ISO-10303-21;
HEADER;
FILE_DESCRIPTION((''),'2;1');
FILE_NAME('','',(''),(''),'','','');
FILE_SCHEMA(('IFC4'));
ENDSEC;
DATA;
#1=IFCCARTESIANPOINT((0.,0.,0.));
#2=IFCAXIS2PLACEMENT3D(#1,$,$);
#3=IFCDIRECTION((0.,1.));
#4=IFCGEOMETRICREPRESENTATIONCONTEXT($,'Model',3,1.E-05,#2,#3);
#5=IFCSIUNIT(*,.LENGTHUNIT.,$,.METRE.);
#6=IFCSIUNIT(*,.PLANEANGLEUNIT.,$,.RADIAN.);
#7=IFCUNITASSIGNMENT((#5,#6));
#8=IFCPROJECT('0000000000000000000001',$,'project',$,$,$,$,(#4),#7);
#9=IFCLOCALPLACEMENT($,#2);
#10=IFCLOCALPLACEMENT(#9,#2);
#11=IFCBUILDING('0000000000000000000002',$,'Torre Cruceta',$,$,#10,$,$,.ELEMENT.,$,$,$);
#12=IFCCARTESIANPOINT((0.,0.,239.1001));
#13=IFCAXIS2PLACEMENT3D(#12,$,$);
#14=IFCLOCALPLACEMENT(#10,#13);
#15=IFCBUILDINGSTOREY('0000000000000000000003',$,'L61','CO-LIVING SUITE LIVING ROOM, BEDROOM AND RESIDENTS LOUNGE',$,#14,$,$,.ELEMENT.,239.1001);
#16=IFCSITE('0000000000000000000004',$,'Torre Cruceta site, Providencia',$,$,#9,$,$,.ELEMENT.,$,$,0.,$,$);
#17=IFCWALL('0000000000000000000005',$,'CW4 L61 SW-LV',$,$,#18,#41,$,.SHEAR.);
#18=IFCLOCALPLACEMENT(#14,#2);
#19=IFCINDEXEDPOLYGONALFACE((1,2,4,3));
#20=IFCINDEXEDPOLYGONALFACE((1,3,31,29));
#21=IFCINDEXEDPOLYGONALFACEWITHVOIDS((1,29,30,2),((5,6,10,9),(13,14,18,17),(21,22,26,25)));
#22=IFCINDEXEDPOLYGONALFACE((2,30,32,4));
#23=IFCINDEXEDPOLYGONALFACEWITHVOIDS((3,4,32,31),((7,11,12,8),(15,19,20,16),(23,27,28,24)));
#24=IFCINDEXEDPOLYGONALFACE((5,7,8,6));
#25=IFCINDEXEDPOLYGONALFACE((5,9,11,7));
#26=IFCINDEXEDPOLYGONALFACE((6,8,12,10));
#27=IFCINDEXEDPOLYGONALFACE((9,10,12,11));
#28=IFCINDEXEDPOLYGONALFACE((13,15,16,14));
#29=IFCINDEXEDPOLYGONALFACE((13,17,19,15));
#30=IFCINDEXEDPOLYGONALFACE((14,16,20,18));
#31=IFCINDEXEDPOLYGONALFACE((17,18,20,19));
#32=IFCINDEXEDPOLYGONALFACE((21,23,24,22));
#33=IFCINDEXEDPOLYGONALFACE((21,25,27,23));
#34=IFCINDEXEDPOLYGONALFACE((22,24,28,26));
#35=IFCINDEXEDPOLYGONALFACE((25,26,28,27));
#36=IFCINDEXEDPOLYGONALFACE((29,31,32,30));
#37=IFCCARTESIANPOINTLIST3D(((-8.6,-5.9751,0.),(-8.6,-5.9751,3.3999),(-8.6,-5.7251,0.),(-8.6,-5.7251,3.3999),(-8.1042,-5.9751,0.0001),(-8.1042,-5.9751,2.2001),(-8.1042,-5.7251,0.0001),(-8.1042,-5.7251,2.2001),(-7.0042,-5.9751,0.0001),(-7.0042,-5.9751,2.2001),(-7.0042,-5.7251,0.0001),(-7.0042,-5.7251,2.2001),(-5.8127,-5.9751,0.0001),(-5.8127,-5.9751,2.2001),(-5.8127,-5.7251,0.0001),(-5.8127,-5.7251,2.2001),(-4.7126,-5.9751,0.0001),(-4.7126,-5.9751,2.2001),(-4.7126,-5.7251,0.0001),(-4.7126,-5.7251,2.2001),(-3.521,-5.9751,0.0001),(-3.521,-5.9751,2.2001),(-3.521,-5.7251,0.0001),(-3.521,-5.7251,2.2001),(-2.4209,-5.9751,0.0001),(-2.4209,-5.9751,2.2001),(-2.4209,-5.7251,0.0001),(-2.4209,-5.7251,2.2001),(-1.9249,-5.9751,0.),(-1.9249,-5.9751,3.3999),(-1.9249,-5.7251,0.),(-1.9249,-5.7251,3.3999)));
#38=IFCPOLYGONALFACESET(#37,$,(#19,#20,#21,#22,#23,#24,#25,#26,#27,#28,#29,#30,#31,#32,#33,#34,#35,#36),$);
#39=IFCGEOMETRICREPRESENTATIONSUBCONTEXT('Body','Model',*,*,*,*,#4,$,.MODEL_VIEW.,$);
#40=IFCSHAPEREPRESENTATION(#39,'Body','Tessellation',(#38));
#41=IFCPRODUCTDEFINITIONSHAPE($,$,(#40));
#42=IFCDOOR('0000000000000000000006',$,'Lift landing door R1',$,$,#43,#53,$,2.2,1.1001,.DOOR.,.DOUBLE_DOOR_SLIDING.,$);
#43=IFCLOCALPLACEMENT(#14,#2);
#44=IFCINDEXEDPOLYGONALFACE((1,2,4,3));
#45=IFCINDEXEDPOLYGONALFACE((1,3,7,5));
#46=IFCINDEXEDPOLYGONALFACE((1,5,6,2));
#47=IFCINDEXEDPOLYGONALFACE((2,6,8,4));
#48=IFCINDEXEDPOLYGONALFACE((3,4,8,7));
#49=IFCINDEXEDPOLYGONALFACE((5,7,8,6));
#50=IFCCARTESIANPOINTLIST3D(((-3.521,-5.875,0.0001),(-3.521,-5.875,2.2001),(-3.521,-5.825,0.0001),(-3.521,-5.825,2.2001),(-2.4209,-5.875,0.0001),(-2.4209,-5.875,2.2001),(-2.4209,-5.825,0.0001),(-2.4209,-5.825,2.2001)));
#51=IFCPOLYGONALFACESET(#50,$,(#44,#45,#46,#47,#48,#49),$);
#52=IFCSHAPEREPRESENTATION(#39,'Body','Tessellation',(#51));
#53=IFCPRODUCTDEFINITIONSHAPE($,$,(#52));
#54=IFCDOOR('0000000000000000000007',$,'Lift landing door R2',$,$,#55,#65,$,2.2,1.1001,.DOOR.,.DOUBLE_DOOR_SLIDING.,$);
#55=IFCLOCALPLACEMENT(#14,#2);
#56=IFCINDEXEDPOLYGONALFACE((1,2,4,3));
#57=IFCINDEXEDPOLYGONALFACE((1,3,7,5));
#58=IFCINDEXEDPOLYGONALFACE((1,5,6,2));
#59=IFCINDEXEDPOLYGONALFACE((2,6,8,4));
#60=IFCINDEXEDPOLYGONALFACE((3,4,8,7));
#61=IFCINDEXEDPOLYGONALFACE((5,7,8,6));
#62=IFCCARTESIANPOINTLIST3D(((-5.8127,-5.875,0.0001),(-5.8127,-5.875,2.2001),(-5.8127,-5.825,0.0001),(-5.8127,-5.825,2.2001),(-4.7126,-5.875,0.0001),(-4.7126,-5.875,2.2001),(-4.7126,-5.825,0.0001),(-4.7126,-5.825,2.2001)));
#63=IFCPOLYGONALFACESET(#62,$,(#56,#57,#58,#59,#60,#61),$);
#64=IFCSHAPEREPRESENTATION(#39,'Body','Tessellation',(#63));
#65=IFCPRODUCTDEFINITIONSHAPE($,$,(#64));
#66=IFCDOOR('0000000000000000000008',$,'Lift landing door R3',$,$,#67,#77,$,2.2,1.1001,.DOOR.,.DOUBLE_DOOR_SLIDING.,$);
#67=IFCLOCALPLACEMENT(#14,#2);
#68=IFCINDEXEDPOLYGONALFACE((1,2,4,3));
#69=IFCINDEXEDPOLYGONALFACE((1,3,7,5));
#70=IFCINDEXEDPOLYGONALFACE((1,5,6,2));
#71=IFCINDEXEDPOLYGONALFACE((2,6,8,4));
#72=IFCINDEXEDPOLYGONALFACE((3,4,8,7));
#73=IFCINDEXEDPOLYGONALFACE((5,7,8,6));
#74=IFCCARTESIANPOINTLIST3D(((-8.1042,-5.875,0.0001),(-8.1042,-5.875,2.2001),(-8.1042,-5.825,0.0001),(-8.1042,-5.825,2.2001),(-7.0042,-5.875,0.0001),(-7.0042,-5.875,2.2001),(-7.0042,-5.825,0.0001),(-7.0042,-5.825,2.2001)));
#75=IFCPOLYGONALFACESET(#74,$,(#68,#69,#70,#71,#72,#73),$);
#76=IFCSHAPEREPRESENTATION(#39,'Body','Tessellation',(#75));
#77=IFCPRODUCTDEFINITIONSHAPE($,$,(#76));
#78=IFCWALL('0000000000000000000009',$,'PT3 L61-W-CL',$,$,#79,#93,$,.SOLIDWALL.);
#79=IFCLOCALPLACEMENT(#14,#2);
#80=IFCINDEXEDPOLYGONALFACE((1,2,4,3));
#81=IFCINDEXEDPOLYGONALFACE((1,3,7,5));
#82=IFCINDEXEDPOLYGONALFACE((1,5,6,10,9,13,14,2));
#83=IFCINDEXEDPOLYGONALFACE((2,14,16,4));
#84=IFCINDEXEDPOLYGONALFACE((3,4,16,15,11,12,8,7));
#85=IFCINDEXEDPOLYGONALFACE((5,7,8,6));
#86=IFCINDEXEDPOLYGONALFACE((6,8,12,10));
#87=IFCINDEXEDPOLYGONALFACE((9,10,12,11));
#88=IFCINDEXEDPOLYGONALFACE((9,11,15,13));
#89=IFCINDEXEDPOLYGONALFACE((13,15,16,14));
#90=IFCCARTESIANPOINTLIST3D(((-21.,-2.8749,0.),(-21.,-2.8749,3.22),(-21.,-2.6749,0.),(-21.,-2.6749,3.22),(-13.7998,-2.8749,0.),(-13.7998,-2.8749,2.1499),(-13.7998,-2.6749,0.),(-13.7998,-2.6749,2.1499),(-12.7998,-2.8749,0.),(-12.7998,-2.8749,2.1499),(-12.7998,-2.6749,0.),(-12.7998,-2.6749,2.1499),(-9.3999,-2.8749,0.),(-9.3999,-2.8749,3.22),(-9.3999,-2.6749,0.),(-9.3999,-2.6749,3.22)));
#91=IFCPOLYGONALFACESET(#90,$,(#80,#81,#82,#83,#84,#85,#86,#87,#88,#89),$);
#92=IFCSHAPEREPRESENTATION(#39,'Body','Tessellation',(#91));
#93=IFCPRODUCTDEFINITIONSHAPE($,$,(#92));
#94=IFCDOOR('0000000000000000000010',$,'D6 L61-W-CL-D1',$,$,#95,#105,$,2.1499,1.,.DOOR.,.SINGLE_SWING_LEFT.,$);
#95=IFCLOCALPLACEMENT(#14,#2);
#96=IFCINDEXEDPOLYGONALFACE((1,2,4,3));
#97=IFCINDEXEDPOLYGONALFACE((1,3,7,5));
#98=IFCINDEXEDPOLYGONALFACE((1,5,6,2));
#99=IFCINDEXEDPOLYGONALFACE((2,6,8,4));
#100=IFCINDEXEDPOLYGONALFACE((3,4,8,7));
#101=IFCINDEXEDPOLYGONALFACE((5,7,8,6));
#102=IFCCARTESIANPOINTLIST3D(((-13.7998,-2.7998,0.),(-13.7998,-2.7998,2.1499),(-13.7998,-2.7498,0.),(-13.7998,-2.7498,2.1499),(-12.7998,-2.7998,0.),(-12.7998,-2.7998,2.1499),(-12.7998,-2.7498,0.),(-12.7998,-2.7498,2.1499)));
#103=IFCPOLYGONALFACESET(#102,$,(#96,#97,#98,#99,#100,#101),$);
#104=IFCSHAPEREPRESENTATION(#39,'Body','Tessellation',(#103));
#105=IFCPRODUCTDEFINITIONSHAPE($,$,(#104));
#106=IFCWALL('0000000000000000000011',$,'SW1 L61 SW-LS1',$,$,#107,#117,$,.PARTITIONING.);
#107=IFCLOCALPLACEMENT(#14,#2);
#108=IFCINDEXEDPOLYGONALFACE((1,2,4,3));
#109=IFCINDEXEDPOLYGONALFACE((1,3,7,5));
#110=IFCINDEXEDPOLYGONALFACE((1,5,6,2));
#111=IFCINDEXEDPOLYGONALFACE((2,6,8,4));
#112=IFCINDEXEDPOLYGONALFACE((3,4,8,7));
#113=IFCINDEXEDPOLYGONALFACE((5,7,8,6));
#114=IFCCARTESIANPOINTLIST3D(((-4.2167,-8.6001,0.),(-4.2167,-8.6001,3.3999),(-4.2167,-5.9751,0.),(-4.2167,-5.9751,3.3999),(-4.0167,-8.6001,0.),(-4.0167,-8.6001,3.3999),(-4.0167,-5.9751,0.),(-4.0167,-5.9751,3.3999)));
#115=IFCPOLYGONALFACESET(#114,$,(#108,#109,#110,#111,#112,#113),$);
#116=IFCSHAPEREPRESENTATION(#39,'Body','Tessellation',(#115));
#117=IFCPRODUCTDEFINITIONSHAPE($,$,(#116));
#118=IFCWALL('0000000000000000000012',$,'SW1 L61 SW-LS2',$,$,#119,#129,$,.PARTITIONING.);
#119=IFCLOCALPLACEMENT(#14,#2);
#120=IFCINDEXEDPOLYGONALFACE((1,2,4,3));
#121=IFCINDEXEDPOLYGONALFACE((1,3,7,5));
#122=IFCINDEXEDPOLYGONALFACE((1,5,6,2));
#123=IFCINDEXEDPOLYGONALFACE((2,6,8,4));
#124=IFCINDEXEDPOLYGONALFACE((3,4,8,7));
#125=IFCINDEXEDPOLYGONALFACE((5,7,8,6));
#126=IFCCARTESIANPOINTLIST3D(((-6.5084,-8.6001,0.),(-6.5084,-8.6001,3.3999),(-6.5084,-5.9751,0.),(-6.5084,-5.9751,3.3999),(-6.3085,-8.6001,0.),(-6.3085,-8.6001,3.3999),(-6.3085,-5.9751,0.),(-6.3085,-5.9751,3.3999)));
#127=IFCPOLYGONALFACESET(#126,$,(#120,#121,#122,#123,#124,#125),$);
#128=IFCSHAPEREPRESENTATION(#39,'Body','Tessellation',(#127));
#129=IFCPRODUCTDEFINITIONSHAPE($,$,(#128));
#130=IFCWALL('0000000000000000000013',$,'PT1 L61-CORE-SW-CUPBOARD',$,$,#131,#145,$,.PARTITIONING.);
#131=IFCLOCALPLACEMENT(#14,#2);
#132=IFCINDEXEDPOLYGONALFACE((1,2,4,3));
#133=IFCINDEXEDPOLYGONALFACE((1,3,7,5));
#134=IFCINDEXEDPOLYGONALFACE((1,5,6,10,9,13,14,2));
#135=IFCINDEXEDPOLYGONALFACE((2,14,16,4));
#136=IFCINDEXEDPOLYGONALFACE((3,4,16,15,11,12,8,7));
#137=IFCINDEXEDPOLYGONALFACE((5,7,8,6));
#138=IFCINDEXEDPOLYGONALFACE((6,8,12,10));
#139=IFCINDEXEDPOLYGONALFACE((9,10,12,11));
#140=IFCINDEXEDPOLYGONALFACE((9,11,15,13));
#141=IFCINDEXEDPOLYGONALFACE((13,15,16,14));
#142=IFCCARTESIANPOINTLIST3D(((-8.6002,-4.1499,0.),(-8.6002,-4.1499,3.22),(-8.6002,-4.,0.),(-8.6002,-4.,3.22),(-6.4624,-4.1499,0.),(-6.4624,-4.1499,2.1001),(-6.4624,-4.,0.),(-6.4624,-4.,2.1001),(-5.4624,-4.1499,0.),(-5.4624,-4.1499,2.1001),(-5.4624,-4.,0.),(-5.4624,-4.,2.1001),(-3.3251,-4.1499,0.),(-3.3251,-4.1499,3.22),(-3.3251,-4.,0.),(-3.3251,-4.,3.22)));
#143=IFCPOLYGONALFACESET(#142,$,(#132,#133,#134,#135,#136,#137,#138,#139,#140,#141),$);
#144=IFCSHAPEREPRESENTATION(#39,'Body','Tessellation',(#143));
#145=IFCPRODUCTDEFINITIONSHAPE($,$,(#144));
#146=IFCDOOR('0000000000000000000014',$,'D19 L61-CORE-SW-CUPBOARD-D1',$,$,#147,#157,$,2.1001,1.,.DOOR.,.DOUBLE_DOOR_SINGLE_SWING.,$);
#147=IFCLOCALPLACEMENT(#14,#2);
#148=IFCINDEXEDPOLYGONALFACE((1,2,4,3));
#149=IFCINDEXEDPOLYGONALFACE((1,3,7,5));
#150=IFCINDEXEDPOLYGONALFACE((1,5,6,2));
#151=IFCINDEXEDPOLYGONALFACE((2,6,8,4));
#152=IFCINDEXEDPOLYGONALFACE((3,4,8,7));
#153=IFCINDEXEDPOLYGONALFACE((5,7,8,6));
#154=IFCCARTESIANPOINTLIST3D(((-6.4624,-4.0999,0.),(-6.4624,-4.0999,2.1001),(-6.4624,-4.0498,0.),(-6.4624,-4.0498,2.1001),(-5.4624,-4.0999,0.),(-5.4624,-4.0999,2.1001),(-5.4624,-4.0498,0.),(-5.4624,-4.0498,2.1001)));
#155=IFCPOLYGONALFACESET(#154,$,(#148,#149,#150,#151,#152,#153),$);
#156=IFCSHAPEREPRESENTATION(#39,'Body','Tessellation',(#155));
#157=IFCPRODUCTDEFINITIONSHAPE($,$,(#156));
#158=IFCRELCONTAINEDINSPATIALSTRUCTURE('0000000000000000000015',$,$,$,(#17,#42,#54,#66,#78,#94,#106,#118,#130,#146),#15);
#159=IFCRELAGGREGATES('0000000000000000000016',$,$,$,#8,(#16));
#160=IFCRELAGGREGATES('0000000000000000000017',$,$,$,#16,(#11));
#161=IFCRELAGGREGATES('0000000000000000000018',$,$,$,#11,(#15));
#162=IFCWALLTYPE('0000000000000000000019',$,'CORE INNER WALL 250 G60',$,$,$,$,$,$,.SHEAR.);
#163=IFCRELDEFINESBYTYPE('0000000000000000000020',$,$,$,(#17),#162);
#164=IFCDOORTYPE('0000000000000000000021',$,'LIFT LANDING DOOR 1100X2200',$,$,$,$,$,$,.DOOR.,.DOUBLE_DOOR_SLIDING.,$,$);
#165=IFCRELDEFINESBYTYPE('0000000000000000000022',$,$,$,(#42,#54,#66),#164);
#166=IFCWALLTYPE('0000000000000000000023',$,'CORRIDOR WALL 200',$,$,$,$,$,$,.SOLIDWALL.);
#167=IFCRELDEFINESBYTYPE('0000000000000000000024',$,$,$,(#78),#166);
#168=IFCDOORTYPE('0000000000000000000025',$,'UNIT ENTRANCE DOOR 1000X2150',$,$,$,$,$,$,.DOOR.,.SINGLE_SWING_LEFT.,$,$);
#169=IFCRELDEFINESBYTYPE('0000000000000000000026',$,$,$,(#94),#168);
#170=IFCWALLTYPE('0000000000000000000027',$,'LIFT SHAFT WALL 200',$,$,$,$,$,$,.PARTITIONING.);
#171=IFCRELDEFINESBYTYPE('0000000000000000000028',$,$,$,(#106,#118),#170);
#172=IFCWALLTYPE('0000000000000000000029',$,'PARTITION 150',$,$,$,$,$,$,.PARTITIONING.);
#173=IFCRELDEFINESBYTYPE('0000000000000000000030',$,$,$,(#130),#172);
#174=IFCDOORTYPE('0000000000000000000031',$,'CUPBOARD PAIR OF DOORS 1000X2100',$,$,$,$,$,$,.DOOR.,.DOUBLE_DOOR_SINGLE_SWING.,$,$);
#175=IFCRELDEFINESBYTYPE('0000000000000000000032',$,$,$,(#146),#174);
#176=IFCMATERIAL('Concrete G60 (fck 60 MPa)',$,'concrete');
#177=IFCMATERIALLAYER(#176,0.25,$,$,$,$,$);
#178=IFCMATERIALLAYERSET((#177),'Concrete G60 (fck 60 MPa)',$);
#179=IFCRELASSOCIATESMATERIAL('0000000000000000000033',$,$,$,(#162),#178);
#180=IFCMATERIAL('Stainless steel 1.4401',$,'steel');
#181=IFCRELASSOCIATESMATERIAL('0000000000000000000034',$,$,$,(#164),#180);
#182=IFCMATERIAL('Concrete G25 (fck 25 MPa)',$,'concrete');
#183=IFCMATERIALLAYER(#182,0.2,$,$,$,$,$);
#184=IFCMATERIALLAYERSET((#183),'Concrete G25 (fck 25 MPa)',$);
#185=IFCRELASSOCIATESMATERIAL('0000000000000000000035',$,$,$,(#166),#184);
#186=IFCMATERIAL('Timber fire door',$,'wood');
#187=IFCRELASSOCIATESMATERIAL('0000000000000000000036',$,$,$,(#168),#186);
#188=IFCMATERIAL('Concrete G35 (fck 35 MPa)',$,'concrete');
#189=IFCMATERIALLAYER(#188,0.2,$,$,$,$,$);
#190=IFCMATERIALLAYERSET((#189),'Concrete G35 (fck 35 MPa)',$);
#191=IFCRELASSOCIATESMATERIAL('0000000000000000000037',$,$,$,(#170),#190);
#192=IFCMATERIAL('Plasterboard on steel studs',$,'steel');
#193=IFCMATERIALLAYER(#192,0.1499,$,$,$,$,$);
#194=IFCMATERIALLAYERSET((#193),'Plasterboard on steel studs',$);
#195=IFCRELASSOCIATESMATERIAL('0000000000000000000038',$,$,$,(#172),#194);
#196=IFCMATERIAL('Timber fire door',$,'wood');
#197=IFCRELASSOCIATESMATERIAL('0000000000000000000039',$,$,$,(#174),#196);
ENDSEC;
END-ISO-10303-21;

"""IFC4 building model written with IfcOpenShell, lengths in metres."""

from ifc_helpers import new_model, si_unit, direction, frame, frame_2d, origin, place, context, subcontext, project, spatial, rectangle, extrude, material, layer, layer_set, type_object, element, fill, save


model = new_model("IFC4")

# Units and contexts
model_context = context("Model", 3, precision=1e-05, world=origin(), true_north=direction((0.0, 1.0)))
body_context = subcontext(model_context, "Body", "Model", "MODEL_VIEW")
ifc_project = project(units=[si_unit("LENGTHUNIT", "METRE"), si_unit("PLANEANGLEUNIT", "RADIAN")], contexts=[model_context])

# Site, building, storey
site_placement = place(None, origin())
site = spatial("IfcSite", under=ifc_project, at=site_placement, Name="Torre Cruceta site, Providencia", CompositionType="ELEMENT", RefElevation=0.0)
building_placement = place(site_placement, origin())
building = spatial("IfcBuilding", under=site, at=building_placement, Name="Torre Cruceta", CompositionType="ELEMENT")
storey_placement = place(building_placement, frame((0.0, 0.0, 239.1001)))
storey = spatial("IfcBuildingStorey", under=building, at=storey_placement, Name="L61", Description="CO-LIVING SUITE LIVING ROOM, BEDROOM AND RESIDENTS LOUNGE", CompositionType="ELEMENT", Elevation=239.1001)

# Shared definitions
ifc_material_1 = material(Name="Concrete G60 (fck 60 MPa)", Category="concrete")
ifc_layer_1 = layer(ifc_material_1, 0.25)
ifc_layer_set_1 = layer_set([ifc_layer_1], Name="Concrete G60 (fck 60 MPa)")
wall_type_1 = type_object("IfcWallType", Name="CORE INNER WALL 250 G60", PredefinedType="SHEAR", material=ifc_layer_set_1)

# Wall, openings, doors
wall_1_placement = place(storey_placement, frame((-1.925, -5.8501, 0.0), z_axis=(0.0, 0.0, 1.0), x_axis=(-1.0, 0.0, 0.0)))
wall_1 = element("IfcWall", 1, at=wall_1_placement, inside=storey, type_object=wall_type_1, Name="CW4 L61 SW-LV", PredefinedType="SHEAR", context=body_context, shape_type="SweptSolid", body=[
    extrude(rectangle(XDim=6.675, YDim=0.25, at=frame_2d((3.3374, 0.0))), origin(), (0.0, 0.0, 1.0), 3.3999),
])
opening_1_placement = place(wall_1_placement, frame((0.4958, 0.0, 0.0)))
opening_1 = element("IfcOpeningElement", 2, at=opening_1_placement, cuts=wall_1, PredefinedType="OPENING", context=body_context, shape_type="SweptSolid", body=[
    extrude(rectangle(XDim=1.1001, YDim=2.2, at=frame_2d((0.55, 1.1001))), frame((0.0, 0.135, 0.0), z_axis=(0.0, -1.0, 0.0), x_axis=(1.0, 0.0, 0.0)), (0.0, 0.0, 1.0), 0.27),
])
opening_2_placement = place(wall_1_placement, frame((2.7876, 0.0, 0.0)))
opening_2 = element("IfcOpeningElement", 3, at=opening_2_placement, cuts=wall_1, PredefinedType="OPENING", context=body_context, shape_type="SweptSolid", body=[
    extrude(rectangle(XDim=1.1001, YDim=2.2, at=frame_2d((0.55, 1.1001))), frame((0.0, 0.135, 0.0), z_axis=(0.0, -1.0, 0.0), x_axis=(1.0, 0.0, 0.0)), (0.0, 0.0, 1.0), 0.27),
])
opening_3_placement = place(wall_1_placement, frame((5.0791, 0.0, 0.0)))
opening_3 = element("IfcOpeningElement", 4, at=opening_3_placement, cuts=wall_1, PredefinedType="OPENING", context=body_context, shape_type="SweptSolid", body=[
    extrude(rectangle(XDim=1.1001, YDim=2.2, at=frame_2d((0.55, 1.1001))), frame((0.0, 0.135, 0.0), z_axis=(0.0, -1.0, 0.0), x_axis=(1.0, 0.0, 0.0)), (0.0, 0.0, 1.0), 0.27),
])
ifc_material_2 = material(Name="Stainless steel 1.4401", Category="steel")
door_type_1 = type_object("IfcDoorType", Name="LIFT LANDING DOOR 1100X2200", OperationType="DOUBLE_DOOR_SLIDING", PredefinedType="DOOR", material=ifc_material_2)
door_1_placement = place(opening_1_placement, origin())
door_1 = element("IfcDoor", 5, at=door_1_placement, inside=storey, type_object=door_type_1, Name="Lift landing door R1", OperationType="DOUBLE_DOOR_SLIDING", OverallHeight=2.2, OverallWidth=1.1001, PredefinedType="DOOR", context=body_context, shape_type="SweptSolid", body=[
    extrude(rectangle(XDim=1.1001, YDim=2.2, at=frame_2d((0.55, 1.1001))), frame((0.0, 0.0249, 0.0), z_axis=(0.0, -1.0, 0.0), x_axis=(1.0, 0.0, 0.0)), (0.0, 0.0, 1.0), 0.05),
])
fill(opening_1, door_1)
door_2_placement = place(opening_2_placement, origin())
door_2 = element("IfcDoor", 6, at=door_2_placement, inside=storey, type_object=door_type_1, Name="Lift landing door R2", OperationType="DOUBLE_DOOR_SLIDING", OverallHeight=2.2, OverallWidth=1.1001, PredefinedType="DOOR", context=body_context, shape_type="SweptSolid", body=[
    extrude(rectangle(XDim=1.1001, YDim=2.2, at=frame_2d((0.55, 1.1001))), frame((0.0, 0.0249, 0.0), z_axis=(0.0, -1.0, 0.0), x_axis=(1.0, 0.0, 0.0)), (0.0, 0.0, 1.0), 0.05),
])
fill(opening_2, door_2)
door_3_placement = place(opening_3_placement, origin())
door_3 = element("IfcDoor", 7, at=door_3_placement, inside=storey, type_object=door_type_1, Name="Lift landing door R3", OperationType="DOUBLE_DOOR_SLIDING", OverallHeight=2.2, OverallWidth=1.1001, PredefinedType="DOOR", context=body_context, shape_type="SweptSolid", body=[
    extrude(rectangle(XDim=1.1001, YDim=2.2, at=frame_2d((0.55, 1.1001))), frame((0.0, 0.0249, 0.0), z_axis=(0.0, -1.0, 0.0), x_axis=(1.0, 0.0, 0.0)), (0.0, 0.0, 1.0), 0.05),
])
fill(opening_3, door_3)

# Wall, opening, door
ifc_material_3 = material(Name="Concrete G25 (fck 25 MPa)", Category="concrete")
ifc_layer_2 = layer(ifc_material_3, 0.2)
ifc_layer_set_2 = layer_set([ifc_layer_2], Name="Concrete G25 (fck 25 MPa)")
wall_type_2 = type_object("IfcWallType", Name="CORRIDOR WALL 200", PredefinedType="SOLIDWALL", material=ifc_layer_set_2)
wall_2_placement = place(storey_placement, frame((-9.3999, -2.7749, 0.0), z_axis=(0.0, 0.0, 1.0), x_axis=(-1.0, 0.0, 0.0)))
wall_2 = element("IfcWall", 8, at=wall_2_placement, inside=storey, type_object=wall_type_2, Name="PT3 L61-W-CL", PredefinedType="SOLIDWALL", context=body_context, shape_type="SweptSolid", body=[
    extrude(rectangle(XDim=11.6001, YDim=0.2, at=frame_2d((5.8, 0.0))), origin(), (0.0, 0.0, 1.0), 3.22),
])
opening_4_placement = place(wall_2_placement, frame((3.3999, 0.0, 0.0)))
opening_4 = element("IfcOpeningElement", 9, at=opening_4_placement, cuts=wall_2, PredefinedType="OPENING", context=body_context, shape_type="SweptSolid", body=[
    extrude(rectangle(XDim=1.0, YDim=2.1499, at=frame_2d((0.5, 1.075))), frame((0.0, 0.1099, 0.0), z_axis=(0.0, -1.0, 0.0), x_axis=(1.0, 0.0, 0.0)), (0.0, 0.0, 1.0), 0.22),
])
ifc_material_4 = material(Name="Timber fire door", Category="wood")
door_type_2 = type_object("IfcDoorType", Name="UNIT ENTRANCE DOOR 1000X2150", OperationType="SINGLE_SWING_LEFT", PredefinedType="DOOR", material=ifc_material_4)
door_4_placement = place(opening_4_placement, origin())
door_4 = element("IfcDoor", 10, at=door_4_placement, inside=storey, type_object=door_type_2, Name="D6 L61-W-CL-D1", OperationType="SINGLE_SWING_LEFT", OverallHeight=2.1499, OverallWidth=1.0, PredefinedType="DOOR", context=body_context, shape_type="SweptSolid", body=[
    extrude(rectangle(XDim=1.0, YDim=2.1499, at=frame_2d((0.5, 1.075))), frame((0.0, 0.0249, 0.0), z_axis=(0.0, -1.0, 0.0), x_axis=(1.0, 0.0, 0.0)), (0.0, 0.0, 1.0), 0.05),
])
fill(opening_4, door_4)

# Walls
ifc_material_5 = material(Name="Concrete G35 (fck 35 MPa)", Category="concrete")
ifc_layer_3 = layer(ifc_material_5, 0.2)
ifc_layer_set_3 = layer_set([ifc_layer_3], Name="Concrete G35 (fck 35 MPa)")
wall_type_3 = type_object("IfcWallType", Name="LIFT SHAFT WALL 200", PredefinedType="PARTITIONING", material=ifc_layer_set_3)
for number, where, z_axis, x_axis, name in (
    (11, (-4.1167, -5.9751, 0.0), (0.0, 0.0, 1.0), (0.0, -1.0, 0.0), "SW1 L61 SW-LS1"),
    (12, (-6.4084, -5.9751, 0.0), (0.0, 0.0, 1.0), (0.0, -1.0, 0.0), "SW1 L61 SW-LS2"),
):
    element("IfcWall", number, at=place(storey_placement, frame(where, z_axis=z_axis, x_axis=x_axis)), inside=storey, type_object=wall_type_3, Name=name, PredefinedType="PARTITIONING", context=body_context, shape_type="SweptSolid", body=[
        extrude(rectangle(XDim=2.625, YDim=0.2, at=frame_2d((1.3125, 0.0))), origin(), (0.0, 0.0, 1.0), 3.3999),
    ])

# Wall, opening, door
ifc_material_6 = material(Name="Plasterboard on steel studs", Category="steel")
ifc_layer_4 = layer(ifc_material_6, 0.1499)
ifc_layer_set_4 = layer_set([ifc_layer_4], Name="Plasterboard on steel studs")
wall_type_4 = type_object("IfcWallType", Name="PARTITION 150", PredefinedType="PARTITIONING", material=ifc_layer_set_4)
wall_3_placement = place(storey_placement, frame((-3.325, -4.075, 0.0), z_axis=(0.0, 0.0, 1.0), x_axis=(-1.0, 0.0, 0.0)))
wall_3 = element("IfcWall", 13, at=wall_3_placement, inside=storey, type_object=wall_type_4, Name="PT1 L61-CORE-SW-CUPBOARD", PredefinedType="PARTITIONING", context=body_context, shape_type="SweptSolid", body=[
    extrude(rectangle(XDim=5.2751, YDim=0.1499, at=frame_2d((2.6377, 0.0))), origin(), (0.0, 0.0, 1.0), 3.22),
])
opening_5_placement = place(wall_3_placement, frame((2.1375, 0.0, 0.0)))
opening_5 = element("IfcOpeningElement", 14, at=opening_5_placement, cuts=wall_3, PredefinedType="OPENING", context=body_context, shape_type="SweptSolid", body=[
    extrude(rectangle(XDim=1.0, YDim=2.1001, at=frame_2d((0.5, 1.05))), frame((0.0, 0.085, 0.0), z_axis=(0.0, -1.0, 0.0), x_axis=(1.0, 0.0, 0.0)), (0.0, 0.0, 1.0), 0.1699),
])
ifc_material_7 = material(Name="Timber fire door", Category="wood")
door_type_3 = type_object("IfcDoorType", Name="CUPBOARD PAIR OF DOORS 1000X2100", OperationType="DOUBLE_DOOR_SINGLE_SWING", PredefinedType="DOOR", material=ifc_material_7)
door_5_placement = place(opening_5_placement, frame((1.0, 0.0, 0.0), z_axis=(0.0, 0.0, 1.0), x_axis=(-1.0, 0.0, 0.0)))
door_5 = element("IfcDoor", 15, at=door_5_placement, inside=storey, type_object=door_type_3, Name="D19 L61-CORE-SW-CUPBOARD-D1", OperationType="DOUBLE_DOOR_SINGLE_SWING", OverallHeight=2.1001, OverallWidth=1.0, PredefinedType="DOOR", context=body_context, shape_type="SweptSolid", body=[
    extrude(rectangle(XDim=1.0, YDim=2.1001, at=frame_2d((0.5, 1.05))), frame((0.0, 0.0251, 0.0), z_axis=(0.0, -1.0, 0.0), x_axis=(1.0, 0.0, 0.0)), (0.0, 0.0, 1.0), 0.05),
])
fill(opening_5, door_5)

save(model, "model.ifc")
